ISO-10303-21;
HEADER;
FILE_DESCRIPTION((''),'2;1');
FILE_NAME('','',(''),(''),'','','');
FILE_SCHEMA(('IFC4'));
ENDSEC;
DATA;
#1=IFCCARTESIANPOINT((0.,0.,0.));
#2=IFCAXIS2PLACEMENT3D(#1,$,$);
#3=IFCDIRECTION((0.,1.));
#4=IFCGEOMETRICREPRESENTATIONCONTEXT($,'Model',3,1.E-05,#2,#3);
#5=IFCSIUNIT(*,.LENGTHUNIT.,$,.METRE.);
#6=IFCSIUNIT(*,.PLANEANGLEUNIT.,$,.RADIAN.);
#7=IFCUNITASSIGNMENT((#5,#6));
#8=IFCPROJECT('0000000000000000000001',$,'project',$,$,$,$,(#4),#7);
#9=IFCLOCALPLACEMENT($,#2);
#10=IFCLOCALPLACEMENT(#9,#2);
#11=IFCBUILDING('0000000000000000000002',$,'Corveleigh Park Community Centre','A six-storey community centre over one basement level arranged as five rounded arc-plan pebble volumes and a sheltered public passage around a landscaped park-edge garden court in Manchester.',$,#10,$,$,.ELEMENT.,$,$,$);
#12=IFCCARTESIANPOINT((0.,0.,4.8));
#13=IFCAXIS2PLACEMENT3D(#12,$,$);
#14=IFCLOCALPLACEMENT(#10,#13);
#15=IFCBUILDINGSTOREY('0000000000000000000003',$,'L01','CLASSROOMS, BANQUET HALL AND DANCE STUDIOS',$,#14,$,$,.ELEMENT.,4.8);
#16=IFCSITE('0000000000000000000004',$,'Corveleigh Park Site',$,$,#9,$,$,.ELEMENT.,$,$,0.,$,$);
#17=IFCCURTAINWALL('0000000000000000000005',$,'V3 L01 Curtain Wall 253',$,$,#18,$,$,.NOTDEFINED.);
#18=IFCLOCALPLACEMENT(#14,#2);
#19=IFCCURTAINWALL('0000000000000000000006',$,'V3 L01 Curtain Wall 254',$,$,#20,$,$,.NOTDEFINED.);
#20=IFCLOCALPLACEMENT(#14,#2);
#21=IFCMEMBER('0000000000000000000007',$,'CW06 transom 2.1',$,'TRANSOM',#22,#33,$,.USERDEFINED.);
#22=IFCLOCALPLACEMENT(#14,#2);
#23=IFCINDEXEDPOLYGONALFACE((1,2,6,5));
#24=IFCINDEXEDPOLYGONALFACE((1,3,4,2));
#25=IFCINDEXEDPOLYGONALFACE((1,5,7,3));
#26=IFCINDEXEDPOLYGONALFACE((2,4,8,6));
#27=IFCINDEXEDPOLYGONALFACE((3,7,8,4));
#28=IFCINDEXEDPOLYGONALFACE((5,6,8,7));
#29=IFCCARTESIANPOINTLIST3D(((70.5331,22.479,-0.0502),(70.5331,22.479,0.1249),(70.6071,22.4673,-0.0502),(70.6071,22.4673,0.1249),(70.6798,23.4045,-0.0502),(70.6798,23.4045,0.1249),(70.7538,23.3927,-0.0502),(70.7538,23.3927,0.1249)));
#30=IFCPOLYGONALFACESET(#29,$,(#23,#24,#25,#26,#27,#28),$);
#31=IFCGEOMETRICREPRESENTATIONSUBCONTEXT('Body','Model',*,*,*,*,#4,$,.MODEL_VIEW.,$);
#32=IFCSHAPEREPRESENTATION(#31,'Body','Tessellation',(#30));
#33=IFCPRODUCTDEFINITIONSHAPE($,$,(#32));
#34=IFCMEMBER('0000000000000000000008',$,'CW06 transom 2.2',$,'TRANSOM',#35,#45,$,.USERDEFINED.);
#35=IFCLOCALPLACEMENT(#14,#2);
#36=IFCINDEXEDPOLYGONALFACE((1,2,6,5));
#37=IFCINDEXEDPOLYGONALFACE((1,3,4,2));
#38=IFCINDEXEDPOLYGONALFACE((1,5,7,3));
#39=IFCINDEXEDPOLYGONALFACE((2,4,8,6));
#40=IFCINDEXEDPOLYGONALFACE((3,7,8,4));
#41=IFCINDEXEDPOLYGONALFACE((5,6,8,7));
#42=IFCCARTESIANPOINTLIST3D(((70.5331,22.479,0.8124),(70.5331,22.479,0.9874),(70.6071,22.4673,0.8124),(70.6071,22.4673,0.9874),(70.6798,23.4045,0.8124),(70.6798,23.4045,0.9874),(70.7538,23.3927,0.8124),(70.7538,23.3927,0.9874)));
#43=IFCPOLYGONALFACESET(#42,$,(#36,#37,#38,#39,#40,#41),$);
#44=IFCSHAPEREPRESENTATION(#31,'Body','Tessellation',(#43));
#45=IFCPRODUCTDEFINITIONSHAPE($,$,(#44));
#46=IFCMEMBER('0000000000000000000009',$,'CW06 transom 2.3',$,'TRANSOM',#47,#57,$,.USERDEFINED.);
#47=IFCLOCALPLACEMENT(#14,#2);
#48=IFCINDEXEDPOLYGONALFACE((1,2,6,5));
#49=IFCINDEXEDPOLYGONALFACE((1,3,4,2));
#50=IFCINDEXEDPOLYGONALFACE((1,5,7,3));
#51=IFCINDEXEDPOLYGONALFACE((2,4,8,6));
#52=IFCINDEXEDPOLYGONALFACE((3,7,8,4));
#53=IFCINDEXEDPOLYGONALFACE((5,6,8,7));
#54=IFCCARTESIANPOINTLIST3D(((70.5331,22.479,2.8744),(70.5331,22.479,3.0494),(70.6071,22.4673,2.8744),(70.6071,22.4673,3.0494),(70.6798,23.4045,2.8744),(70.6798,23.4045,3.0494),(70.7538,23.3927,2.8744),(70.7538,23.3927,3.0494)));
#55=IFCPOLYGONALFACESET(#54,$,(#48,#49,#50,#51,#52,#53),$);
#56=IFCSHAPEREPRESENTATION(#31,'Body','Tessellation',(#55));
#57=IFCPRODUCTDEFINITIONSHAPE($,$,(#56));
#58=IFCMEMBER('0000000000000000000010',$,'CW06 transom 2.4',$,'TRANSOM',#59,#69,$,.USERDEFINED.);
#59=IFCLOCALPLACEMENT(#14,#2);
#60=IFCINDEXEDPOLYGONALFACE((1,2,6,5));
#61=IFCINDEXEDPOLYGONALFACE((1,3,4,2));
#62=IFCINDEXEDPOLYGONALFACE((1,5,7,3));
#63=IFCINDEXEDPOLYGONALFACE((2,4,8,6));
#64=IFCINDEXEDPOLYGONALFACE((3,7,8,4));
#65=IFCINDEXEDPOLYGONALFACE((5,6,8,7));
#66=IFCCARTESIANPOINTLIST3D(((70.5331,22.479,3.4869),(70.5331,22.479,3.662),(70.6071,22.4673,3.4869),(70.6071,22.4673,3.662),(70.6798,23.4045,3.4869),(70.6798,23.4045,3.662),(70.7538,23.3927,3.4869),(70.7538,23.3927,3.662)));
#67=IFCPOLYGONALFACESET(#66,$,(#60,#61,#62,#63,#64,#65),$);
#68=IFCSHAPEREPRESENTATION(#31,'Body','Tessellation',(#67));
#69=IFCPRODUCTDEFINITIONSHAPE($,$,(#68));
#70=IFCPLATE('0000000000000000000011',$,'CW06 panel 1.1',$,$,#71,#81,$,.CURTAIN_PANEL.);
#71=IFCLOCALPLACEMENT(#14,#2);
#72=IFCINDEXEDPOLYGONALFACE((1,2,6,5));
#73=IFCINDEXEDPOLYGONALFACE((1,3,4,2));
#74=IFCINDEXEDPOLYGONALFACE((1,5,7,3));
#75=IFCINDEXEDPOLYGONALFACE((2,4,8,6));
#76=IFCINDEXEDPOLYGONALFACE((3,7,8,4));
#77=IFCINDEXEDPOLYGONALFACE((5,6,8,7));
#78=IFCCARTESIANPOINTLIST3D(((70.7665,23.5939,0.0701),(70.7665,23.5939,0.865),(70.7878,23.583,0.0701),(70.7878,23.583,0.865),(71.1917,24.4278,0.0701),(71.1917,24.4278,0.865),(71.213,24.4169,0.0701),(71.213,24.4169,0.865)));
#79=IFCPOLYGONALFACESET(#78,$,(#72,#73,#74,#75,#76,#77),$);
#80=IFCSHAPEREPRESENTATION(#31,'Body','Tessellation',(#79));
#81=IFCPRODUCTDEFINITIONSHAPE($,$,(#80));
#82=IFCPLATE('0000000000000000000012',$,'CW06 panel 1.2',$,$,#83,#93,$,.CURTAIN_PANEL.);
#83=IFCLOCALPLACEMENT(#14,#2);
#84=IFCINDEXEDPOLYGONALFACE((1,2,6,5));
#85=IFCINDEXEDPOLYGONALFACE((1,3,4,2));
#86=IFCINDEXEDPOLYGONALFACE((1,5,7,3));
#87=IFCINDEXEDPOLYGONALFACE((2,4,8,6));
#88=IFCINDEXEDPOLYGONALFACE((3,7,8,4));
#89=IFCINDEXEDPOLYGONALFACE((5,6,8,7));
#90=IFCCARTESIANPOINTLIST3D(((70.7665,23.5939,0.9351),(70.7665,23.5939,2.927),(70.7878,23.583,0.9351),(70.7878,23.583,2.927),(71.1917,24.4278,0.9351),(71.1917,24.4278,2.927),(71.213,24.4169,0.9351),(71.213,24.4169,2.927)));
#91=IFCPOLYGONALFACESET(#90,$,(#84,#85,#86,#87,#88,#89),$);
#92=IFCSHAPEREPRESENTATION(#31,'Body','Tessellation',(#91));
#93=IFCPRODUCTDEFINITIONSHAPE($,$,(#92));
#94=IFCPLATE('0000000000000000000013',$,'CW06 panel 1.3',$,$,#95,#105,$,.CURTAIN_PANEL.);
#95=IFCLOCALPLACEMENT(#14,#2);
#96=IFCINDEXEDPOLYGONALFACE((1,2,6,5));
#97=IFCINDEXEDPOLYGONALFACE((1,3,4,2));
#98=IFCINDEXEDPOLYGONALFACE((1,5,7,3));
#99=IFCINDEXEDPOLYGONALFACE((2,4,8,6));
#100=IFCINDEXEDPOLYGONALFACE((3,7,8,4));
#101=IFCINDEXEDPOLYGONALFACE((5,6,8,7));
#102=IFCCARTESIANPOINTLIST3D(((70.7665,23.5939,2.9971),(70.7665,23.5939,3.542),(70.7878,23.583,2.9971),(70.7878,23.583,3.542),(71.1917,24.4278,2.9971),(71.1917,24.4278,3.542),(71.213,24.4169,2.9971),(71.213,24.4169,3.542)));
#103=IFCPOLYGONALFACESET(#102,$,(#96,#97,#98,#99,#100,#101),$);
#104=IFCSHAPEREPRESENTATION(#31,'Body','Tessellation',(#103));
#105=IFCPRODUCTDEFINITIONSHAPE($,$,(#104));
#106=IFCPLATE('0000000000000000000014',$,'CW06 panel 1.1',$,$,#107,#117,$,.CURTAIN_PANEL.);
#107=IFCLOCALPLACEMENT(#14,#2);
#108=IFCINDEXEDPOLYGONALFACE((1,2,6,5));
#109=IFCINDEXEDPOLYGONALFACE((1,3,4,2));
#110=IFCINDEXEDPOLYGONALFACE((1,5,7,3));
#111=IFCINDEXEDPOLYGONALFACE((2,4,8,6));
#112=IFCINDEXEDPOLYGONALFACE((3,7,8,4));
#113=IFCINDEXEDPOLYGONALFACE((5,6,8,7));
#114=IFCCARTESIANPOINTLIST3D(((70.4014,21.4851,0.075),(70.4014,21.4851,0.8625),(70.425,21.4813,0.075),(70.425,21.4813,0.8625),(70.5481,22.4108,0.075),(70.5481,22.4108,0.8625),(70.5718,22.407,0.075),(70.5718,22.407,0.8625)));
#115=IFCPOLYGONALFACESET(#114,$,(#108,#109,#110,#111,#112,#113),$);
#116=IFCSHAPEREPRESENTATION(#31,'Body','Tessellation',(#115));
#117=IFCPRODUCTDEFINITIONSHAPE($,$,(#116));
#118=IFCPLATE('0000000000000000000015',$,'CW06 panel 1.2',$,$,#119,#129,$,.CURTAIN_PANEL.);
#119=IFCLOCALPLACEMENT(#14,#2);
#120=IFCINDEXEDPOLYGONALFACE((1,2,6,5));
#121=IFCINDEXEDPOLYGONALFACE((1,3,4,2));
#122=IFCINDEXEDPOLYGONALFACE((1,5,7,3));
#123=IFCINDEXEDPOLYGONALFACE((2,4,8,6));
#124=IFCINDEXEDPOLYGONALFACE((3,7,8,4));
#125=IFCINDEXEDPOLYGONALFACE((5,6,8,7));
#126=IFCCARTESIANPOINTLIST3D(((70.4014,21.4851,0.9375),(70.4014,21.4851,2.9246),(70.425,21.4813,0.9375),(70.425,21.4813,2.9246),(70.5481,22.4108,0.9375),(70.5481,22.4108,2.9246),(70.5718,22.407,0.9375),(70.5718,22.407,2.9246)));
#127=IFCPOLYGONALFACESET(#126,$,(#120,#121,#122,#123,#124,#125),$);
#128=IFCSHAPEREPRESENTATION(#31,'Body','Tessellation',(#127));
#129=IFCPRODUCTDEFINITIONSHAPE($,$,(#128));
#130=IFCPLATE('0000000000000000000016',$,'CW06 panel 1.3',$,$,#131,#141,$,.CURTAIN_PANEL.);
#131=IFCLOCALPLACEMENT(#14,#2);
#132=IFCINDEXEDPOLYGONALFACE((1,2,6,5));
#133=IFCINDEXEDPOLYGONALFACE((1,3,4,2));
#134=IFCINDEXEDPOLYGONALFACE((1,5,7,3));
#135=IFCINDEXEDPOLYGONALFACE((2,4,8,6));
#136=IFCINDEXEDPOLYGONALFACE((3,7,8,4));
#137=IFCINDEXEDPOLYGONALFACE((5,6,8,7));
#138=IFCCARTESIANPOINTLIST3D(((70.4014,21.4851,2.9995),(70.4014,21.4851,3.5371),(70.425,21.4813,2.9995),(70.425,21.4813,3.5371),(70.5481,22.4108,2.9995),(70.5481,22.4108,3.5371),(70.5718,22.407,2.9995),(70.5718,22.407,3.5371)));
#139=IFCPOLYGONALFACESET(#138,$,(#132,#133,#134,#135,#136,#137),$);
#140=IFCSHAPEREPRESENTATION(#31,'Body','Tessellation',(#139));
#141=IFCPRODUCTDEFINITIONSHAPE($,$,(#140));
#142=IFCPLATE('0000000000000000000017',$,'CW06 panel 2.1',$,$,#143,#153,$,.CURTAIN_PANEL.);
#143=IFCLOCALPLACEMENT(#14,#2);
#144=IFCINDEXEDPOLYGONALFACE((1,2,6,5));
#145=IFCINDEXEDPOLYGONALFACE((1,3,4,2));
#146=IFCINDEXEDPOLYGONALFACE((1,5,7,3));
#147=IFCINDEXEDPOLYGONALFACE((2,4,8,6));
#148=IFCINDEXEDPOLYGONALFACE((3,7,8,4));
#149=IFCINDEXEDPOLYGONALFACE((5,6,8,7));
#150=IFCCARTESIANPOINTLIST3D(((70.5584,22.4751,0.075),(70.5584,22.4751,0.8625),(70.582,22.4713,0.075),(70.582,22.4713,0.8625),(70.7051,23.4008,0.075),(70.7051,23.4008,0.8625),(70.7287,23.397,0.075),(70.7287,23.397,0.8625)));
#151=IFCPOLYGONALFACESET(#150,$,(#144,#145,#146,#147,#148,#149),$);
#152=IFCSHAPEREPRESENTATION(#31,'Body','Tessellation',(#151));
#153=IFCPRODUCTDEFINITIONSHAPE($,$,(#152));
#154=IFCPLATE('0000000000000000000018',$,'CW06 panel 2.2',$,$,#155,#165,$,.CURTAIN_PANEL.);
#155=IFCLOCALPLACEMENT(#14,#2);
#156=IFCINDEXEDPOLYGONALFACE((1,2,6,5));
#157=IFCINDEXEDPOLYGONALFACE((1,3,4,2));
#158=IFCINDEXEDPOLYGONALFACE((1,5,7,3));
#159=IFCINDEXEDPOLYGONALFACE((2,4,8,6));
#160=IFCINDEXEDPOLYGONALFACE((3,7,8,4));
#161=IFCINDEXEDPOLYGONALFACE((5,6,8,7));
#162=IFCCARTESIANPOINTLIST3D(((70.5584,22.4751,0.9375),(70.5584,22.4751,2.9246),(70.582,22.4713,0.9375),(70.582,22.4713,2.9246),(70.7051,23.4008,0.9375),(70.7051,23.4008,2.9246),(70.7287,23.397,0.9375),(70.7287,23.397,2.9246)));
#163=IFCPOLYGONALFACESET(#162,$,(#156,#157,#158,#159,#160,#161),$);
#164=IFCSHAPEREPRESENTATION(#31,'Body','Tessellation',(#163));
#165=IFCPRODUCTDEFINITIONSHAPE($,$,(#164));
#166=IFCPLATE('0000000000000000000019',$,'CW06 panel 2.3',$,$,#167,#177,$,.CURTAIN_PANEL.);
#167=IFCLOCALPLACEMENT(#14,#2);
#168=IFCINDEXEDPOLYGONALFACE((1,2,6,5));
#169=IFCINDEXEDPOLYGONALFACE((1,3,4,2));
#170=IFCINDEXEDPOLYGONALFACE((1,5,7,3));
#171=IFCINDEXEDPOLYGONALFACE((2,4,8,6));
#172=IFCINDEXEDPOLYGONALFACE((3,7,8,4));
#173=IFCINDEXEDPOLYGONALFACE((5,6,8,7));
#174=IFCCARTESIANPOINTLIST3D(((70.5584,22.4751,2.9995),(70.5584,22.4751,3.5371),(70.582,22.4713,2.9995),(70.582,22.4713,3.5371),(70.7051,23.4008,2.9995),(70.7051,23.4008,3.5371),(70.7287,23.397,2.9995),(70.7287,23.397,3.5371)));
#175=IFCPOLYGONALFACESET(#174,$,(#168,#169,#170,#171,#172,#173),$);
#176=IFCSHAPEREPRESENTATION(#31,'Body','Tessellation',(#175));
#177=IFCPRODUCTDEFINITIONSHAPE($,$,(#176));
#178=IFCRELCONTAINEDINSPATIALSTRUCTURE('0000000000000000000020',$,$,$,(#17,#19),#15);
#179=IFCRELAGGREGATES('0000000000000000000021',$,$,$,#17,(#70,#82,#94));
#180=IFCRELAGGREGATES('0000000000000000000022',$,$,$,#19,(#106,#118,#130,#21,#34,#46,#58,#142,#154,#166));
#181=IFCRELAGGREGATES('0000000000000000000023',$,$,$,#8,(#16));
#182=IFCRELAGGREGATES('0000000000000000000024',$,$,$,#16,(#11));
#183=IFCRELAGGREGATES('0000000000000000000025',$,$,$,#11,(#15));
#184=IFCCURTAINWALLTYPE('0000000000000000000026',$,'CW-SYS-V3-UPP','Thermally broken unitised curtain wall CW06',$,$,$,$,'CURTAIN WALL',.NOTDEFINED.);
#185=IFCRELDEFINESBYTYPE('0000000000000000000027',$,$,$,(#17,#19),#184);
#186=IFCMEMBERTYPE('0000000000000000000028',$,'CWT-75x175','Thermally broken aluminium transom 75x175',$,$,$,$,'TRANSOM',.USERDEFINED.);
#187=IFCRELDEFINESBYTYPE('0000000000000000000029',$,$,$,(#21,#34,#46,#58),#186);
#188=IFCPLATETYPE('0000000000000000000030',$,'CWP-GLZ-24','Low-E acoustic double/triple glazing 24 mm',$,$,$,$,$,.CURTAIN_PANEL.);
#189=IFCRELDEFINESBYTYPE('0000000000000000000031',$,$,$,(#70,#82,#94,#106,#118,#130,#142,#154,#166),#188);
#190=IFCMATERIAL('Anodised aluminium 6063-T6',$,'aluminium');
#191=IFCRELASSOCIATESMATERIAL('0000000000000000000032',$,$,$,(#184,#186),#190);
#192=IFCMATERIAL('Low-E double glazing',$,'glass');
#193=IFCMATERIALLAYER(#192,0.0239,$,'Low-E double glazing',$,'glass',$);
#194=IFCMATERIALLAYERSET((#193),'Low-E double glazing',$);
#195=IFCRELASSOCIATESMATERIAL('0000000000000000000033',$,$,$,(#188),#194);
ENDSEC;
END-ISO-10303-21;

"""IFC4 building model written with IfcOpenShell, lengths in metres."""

from ifc_helpers import new_model, si_unit, direction, frame, origin, origin_2d, place, context, subcontext, project, spatial, rectangle, extrude, material, layer, layer_set, material_profile, profile_set, type_object, element, aggregate, save


model = new_model("IFC4")

# Units and contexts
model_context = context("Model", 3, precision=1e-05, world=origin(), true_north=direction((0.0, 1.0)))
body_context = subcontext(model_context, "Body", "Model", "MODEL_VIEW")
ifc_project = project(units=[si_unit("LENGTHUNIT", "METRE"), si_unit("PLANEANGLEUNIT", "RADIAN")], contexts=[model_context])

# Site, building, storey
site_placement = place(None, origin())
site = spatial("IfcSite", under=ifc_project, at=site_placement, Name="Corveleigh Park Site", CompositionType="ELEMENT", RefElevation=0.0)
building_placement = place(site_placement, origin())
building = spatial("IfcBuilding", under=site, at=building_placement, Name="Corveleigh Park Community Centre", Description="A six-storey community centre over one basement level arranged as five rounded arc-plan pebble volumes and a sheltered public passage around a landscaped park-edge garden court in Manchester.", CompositionType="ELEMENT")
storey_placement = place(building_placement, frame((0.0, 0.0, 4.8)))
storey = spatial("IfcBuildingStorey", under=building, at=storey_placement, Name="L01", Description="CLASSROOMS, BANQUET HALL AND DANCE STUDIOS", CompositionType="ELEMENT", Elevation=4.8)

# Curtain walls
ifc_material_1 = material(Name="Anodised aluminium 6063-T6", Category="aluminium")
curtain_wall_type = type_object("IfcCurtainWallType", Name="CW-SYS-V3-UPP", Description="Thermally broken unitised curtain wall CW06", ElementType="CURTAIN WALL", PredefinedType="NOTDEFINED", material=ifc_material_1)
curtain_wall_1_placement = place(storey_placement, origin())
curtain_wall_1 = element("IfcCurtainWall", 1, at=curtain_wall_1_placement, inside=storey, type_object=curtain_wall_type, Name="V3 L01 Curtain Wall 253", PredefinedType="NOTDEFINED")
curtain_wall_2_placement = place(storey_placement, origin())
curtain_wall_2 = element("IfcCurtainWall", 2, at=curtain_wall_2_placement, inside=storey, type_object=curtain_wall_type, Name="V3 L01 Curtain Wall 254", PredefinedType="NOTDEFINED")

# Members
ifc_material_profile_1 = material_profile(ifc_material_1, rectangle(XDim=0.075, YDim=0.175, at=origin_2d()), Name="ALU-T75x175", Category="aluminium")
ifc_profile_set_1 = profile_set([ifc_material_profile_1], Name="Anodised aluminium 6063-T6")
member_type_1 = type_object("IfcMemberType", Name="CWT-75x175", Description="Thermally broken aluminium transom 75x175", ElementType="TRANSOM", PredefinedType="USERDEFINED", material=ifc_profile_set_1)
member_1_placement = place(storey_placement, frame((70.5701, 22.4731, 0.0374), z_axis=(0.156578, 0.987666, 0.0), x_axis=(-0.987666, 0.156578, 0.0)))
member_1 = element("IfcMember", 3, at=member_1_placement, type_object=member_type_1, Name="CW06 transom 2.1", ObjectType="TRANSOM", PredefinedType="USERDEFINED", context=body_context, shape_type="SweptSolid", body=[
    extrude(rectangle(XDim=0.075, YDim=0.175, at=origin_2d()), origin(), (0.0, 0.0, 1.0), 0.937),
])
member_2_placement = place(storey_placement, frame((70.5701, 22.4731, 0.8999), z_axis=(0.156578, 0.987666, 0.0), x_axis=(-0.987666, 0.156578, 0.0)))
member_2 = element("IfcMember", 4, at=member_2_placement, type_object=member_type_1, Name="CW06 transom 2.2", ObjectType="TRANSOM", PredefinedType="USERDEFINED", context=body_context, shape_type="SweptSolid", body=[
    extrude(rectangle(XDim=0.075, YDim=0.175, at=origin_2d()), origin(), (0.0, 0.0, 1.0), 0.937),
])
member_3_placement = place(storey_placement, frame((70.5701, 22.4731, 2.9619), z_axis=(0.156578, 0.987666, 0.0), x_axis=(-0.987666, 0.156578, 0.0)))
member_3 = element("IfcMember", 5, at=member_3_placement, type_object=member_type_1, Name="CW06 transom 2.3", ObjectType="TRANSOM", PredefinedType="USERDEFINED", context=body_context, shape_type="SweptSolid", body=[
    extrude(rectangle(XDim=0.075, YDim=0.175, at=origin_2d()), origin(), (0.0, 0.0, 1.0), 0.937),
])
member_4_placement = place(storey_placement, frame((70.5701, 22.4731, 3.5745), z_axis=(0.156578, 0.987666, 0.0), x_axis=(-0.987666, 0.156578, 0.0)))
member_4 = element("IfcMember", 6, at=member_4_placement, type_object=member_type_1, Name="CW06 transom 2.4", ObjectType="TRANSOM", PredefinedType="USERDEFINED", context=body_context, shape_type="SweptSolid", body=[
    extrude(rectangle(XDim=0.075, YDim=0.175, at=origin_2d()), origin(), (0.0, 0.0, 1.0), 0.937),
])

# Plates
ifc_material_2 = material(Name="Low-E double glazing", Category="glass")
ifc_layer = layer(ifc_material_2, 0.0239, Name="Low-E double glazing", Category="glass")
ifc_layer_set = layer_set([ifc_layer], Name="Low-E double glazing")
plate_type = type_object("IfcPlateType", Name="CWP-GLZ-24", Description="Low-E acoustic double/triple glazing 24 mm", PredefinedType="CURTAIN_PANEL", material=ifc_layer_set)
plate_1_placement = place(storey_placement, frame((70.9897, 24.0054, 0.0701), z_axis=(0.0, 0.0, 1.0), x_axis=(0.454218, 0.890891, 0.0)))
plate_1 = element("IfcPlate", 7, at=plate_1_placement, type_object=plate_type, Name="CW06 panel 1.1", PredefinedType="CURTAIN_PANEL", context=body_context, shape_type="SweptSolid", body=[
    extrude(rectangle(XDim=0.936, YDim=0.0239, at=origin_2d()), origin(), (0.0, 0.0, 1.0), 0.7949),
])
plate_2_placement = place(storey_placement, frame((70.9897, 24.0054, 0.9351), z_axis=(0.0, 0.0, 1.0), x_axis=(0.454218, 0.890891, 0.0)))
plate_2 = element("IfcPlate", 8, at=plate_2_placement, type_object=plate_type, Name="CW06 panel 1.2", PredefinedType="CURTAIN_PANEL", context=body_context, shape_type="SweptSolid", body=[
    extrude(rectangle(XDim=0.936, YDim=0.0239, at=origin_2d()), origin(), (0.0, 0.0, 1.0), 1.9919),
])
plate_3_placement = place(storey_placement, frame((70.9897, 24.0054, 2.9971), z_axis=(0.0, 0.0, 1.0), x_axis=(0.454218, 0.890891, 0.0)))
plate_3 = element("IfcPlate", 9, at=plate_3_placement, type_object=plate_type, Name="CW06 panel 1.3", PredefinedType="CURTAIN_PANEL", context=body_context, shape_type="SweptSolid", body=[
    extrude(rectangle(XDim=0.936, YDim=0.0239, at=origin_2d()), origin(), (0.0, 0.0, 1.0), 0.5449),
])
aggregate(curtain_wall_1, [plate_1, plate_2, plate_3])
plate_4_placement = place(storey_placement, frame((70.4866, 21.946, 0.075), z_axis=(0.0, 0.0, 1.0), x_axis=(0.156558, 0.987669, 0.0)))
plate_4 = element("IfcPlate", 10, at=plate_4_placement, type_object=plate_type, Name="CW06 panel 1.1", PredefinedType="CURTAIN_PANEL", context=body_context, shape_type="SweptSolid", body=[
    extrude(rectangle(XDim=0.9373, YDim=0.0239, at=origin_2d()), origin(), (0.0, 0.0, 1.0), 0.7876),
])
plate_5_placement = place(storey_placement, frame((70.4866, 21.946, 0.9375), z_axis=(0.0, 0.0, 1.0), x_axis=(0.156558, 0.987669, 0.0)))
plate_5 = element("IfcPlate", 11, at=plate_5_placement, type_object=plate_type, Name="CW06 panel 1.2", PredefinedType="CURTAIN_PANEL", context=body_context, shape_type="SweptSolid", body=[
    extrude(rectangle(XDim=0.9373, YDim=0.0239, at=origin_2d()), origin(), (0.0, 0.0, 1.0), 1.9871),
])
plate_6_placement = place(storey_placement, frame((70.4866, 21.946, 2.9995), z_axis=(0.0, 0.0, 1.0), x_axis=(0.156558, 0.987669, 0.0)))
plate_6 = element("IfcPlate", 12, at=plate_6_placement, type_object=plate_type, Name="CW06 panel 1.3", PredefinedType="CURTAIN_PANEL", context=body_context, shape_type="SweptSolid", body=[
    extrude(rectangle(XDim=0.9373, YDim=0.0239, at=origin_2d()), origin(), (0.0, 0.0, 1.0), 0.5376),
])
plate_7_placement = place(storey_placement, frame((70.6436, 22.936, 0.075), z_axis=(0.0, 0.0, 1.0), x_axis=(0.156558, 0.987669, 0.0)))
plate_7 = element("IfcPlate", 13, at=plate_7_placement, type_object=plate_type, Name="CW06 panel 2.1", PredefinedType="CURTAIN_PANEL", context=body_context, shape_type="SweptSolid", body=[
    extrude(rectangle(XDim=0.9373, YDim=0.0239, at=origin_2d()), origin(), (0.0, 0.0, 1.0), 0.7876),
])
plate_8_placement = place(storey_placement, frame((70.6436, 22.936, 0.9375), z_axis=(0.0, 0.0, 1.0), x_axis=(0.156558, 0.987669, 0.0)))
plate_8 = element("IfcPlate", 14, at=plate_8_placement, type_object=plate_type, Name="CW06 panel 2.2", PredefinedType="CURTAIN_PANEL", context=body_context, shape_type="SweptSolid", body=[
    extrude(rectangle(XDim=0.9373, YDim=0.0239, at=origin_2d()), origin(), (0.0, 0.0, 1.0), 1.9871),
])
plate_9_placement = place(storey_placement, frame((70.6436, 22.936, 2.9995), z_axis=(0.0, 0.0, 1.0), x_axis=(0.156558, 0.987669, 0.0)))
plate_9 = element("IfcPlate", 15, at=plate_9_placement, type_object=plate_type, Name="CW06 panel 2.3", PredefinedType="CURTAIN_PANEL", context=body_context, shape_type="SweptSolid", body=[
    extrude(rectangle(XDim=0.9373, YDim=0.0239, at=origin_2d()), origin(), (0.0, 0.0, 1.0), 0.5376),
])
aggregate(curtain_wall_2, [plate_4, plate_5, plate_6, member_1, member_2, member_3, member_4, plate_7, plate_8, plate_9])

save(model, "model.ifc")
